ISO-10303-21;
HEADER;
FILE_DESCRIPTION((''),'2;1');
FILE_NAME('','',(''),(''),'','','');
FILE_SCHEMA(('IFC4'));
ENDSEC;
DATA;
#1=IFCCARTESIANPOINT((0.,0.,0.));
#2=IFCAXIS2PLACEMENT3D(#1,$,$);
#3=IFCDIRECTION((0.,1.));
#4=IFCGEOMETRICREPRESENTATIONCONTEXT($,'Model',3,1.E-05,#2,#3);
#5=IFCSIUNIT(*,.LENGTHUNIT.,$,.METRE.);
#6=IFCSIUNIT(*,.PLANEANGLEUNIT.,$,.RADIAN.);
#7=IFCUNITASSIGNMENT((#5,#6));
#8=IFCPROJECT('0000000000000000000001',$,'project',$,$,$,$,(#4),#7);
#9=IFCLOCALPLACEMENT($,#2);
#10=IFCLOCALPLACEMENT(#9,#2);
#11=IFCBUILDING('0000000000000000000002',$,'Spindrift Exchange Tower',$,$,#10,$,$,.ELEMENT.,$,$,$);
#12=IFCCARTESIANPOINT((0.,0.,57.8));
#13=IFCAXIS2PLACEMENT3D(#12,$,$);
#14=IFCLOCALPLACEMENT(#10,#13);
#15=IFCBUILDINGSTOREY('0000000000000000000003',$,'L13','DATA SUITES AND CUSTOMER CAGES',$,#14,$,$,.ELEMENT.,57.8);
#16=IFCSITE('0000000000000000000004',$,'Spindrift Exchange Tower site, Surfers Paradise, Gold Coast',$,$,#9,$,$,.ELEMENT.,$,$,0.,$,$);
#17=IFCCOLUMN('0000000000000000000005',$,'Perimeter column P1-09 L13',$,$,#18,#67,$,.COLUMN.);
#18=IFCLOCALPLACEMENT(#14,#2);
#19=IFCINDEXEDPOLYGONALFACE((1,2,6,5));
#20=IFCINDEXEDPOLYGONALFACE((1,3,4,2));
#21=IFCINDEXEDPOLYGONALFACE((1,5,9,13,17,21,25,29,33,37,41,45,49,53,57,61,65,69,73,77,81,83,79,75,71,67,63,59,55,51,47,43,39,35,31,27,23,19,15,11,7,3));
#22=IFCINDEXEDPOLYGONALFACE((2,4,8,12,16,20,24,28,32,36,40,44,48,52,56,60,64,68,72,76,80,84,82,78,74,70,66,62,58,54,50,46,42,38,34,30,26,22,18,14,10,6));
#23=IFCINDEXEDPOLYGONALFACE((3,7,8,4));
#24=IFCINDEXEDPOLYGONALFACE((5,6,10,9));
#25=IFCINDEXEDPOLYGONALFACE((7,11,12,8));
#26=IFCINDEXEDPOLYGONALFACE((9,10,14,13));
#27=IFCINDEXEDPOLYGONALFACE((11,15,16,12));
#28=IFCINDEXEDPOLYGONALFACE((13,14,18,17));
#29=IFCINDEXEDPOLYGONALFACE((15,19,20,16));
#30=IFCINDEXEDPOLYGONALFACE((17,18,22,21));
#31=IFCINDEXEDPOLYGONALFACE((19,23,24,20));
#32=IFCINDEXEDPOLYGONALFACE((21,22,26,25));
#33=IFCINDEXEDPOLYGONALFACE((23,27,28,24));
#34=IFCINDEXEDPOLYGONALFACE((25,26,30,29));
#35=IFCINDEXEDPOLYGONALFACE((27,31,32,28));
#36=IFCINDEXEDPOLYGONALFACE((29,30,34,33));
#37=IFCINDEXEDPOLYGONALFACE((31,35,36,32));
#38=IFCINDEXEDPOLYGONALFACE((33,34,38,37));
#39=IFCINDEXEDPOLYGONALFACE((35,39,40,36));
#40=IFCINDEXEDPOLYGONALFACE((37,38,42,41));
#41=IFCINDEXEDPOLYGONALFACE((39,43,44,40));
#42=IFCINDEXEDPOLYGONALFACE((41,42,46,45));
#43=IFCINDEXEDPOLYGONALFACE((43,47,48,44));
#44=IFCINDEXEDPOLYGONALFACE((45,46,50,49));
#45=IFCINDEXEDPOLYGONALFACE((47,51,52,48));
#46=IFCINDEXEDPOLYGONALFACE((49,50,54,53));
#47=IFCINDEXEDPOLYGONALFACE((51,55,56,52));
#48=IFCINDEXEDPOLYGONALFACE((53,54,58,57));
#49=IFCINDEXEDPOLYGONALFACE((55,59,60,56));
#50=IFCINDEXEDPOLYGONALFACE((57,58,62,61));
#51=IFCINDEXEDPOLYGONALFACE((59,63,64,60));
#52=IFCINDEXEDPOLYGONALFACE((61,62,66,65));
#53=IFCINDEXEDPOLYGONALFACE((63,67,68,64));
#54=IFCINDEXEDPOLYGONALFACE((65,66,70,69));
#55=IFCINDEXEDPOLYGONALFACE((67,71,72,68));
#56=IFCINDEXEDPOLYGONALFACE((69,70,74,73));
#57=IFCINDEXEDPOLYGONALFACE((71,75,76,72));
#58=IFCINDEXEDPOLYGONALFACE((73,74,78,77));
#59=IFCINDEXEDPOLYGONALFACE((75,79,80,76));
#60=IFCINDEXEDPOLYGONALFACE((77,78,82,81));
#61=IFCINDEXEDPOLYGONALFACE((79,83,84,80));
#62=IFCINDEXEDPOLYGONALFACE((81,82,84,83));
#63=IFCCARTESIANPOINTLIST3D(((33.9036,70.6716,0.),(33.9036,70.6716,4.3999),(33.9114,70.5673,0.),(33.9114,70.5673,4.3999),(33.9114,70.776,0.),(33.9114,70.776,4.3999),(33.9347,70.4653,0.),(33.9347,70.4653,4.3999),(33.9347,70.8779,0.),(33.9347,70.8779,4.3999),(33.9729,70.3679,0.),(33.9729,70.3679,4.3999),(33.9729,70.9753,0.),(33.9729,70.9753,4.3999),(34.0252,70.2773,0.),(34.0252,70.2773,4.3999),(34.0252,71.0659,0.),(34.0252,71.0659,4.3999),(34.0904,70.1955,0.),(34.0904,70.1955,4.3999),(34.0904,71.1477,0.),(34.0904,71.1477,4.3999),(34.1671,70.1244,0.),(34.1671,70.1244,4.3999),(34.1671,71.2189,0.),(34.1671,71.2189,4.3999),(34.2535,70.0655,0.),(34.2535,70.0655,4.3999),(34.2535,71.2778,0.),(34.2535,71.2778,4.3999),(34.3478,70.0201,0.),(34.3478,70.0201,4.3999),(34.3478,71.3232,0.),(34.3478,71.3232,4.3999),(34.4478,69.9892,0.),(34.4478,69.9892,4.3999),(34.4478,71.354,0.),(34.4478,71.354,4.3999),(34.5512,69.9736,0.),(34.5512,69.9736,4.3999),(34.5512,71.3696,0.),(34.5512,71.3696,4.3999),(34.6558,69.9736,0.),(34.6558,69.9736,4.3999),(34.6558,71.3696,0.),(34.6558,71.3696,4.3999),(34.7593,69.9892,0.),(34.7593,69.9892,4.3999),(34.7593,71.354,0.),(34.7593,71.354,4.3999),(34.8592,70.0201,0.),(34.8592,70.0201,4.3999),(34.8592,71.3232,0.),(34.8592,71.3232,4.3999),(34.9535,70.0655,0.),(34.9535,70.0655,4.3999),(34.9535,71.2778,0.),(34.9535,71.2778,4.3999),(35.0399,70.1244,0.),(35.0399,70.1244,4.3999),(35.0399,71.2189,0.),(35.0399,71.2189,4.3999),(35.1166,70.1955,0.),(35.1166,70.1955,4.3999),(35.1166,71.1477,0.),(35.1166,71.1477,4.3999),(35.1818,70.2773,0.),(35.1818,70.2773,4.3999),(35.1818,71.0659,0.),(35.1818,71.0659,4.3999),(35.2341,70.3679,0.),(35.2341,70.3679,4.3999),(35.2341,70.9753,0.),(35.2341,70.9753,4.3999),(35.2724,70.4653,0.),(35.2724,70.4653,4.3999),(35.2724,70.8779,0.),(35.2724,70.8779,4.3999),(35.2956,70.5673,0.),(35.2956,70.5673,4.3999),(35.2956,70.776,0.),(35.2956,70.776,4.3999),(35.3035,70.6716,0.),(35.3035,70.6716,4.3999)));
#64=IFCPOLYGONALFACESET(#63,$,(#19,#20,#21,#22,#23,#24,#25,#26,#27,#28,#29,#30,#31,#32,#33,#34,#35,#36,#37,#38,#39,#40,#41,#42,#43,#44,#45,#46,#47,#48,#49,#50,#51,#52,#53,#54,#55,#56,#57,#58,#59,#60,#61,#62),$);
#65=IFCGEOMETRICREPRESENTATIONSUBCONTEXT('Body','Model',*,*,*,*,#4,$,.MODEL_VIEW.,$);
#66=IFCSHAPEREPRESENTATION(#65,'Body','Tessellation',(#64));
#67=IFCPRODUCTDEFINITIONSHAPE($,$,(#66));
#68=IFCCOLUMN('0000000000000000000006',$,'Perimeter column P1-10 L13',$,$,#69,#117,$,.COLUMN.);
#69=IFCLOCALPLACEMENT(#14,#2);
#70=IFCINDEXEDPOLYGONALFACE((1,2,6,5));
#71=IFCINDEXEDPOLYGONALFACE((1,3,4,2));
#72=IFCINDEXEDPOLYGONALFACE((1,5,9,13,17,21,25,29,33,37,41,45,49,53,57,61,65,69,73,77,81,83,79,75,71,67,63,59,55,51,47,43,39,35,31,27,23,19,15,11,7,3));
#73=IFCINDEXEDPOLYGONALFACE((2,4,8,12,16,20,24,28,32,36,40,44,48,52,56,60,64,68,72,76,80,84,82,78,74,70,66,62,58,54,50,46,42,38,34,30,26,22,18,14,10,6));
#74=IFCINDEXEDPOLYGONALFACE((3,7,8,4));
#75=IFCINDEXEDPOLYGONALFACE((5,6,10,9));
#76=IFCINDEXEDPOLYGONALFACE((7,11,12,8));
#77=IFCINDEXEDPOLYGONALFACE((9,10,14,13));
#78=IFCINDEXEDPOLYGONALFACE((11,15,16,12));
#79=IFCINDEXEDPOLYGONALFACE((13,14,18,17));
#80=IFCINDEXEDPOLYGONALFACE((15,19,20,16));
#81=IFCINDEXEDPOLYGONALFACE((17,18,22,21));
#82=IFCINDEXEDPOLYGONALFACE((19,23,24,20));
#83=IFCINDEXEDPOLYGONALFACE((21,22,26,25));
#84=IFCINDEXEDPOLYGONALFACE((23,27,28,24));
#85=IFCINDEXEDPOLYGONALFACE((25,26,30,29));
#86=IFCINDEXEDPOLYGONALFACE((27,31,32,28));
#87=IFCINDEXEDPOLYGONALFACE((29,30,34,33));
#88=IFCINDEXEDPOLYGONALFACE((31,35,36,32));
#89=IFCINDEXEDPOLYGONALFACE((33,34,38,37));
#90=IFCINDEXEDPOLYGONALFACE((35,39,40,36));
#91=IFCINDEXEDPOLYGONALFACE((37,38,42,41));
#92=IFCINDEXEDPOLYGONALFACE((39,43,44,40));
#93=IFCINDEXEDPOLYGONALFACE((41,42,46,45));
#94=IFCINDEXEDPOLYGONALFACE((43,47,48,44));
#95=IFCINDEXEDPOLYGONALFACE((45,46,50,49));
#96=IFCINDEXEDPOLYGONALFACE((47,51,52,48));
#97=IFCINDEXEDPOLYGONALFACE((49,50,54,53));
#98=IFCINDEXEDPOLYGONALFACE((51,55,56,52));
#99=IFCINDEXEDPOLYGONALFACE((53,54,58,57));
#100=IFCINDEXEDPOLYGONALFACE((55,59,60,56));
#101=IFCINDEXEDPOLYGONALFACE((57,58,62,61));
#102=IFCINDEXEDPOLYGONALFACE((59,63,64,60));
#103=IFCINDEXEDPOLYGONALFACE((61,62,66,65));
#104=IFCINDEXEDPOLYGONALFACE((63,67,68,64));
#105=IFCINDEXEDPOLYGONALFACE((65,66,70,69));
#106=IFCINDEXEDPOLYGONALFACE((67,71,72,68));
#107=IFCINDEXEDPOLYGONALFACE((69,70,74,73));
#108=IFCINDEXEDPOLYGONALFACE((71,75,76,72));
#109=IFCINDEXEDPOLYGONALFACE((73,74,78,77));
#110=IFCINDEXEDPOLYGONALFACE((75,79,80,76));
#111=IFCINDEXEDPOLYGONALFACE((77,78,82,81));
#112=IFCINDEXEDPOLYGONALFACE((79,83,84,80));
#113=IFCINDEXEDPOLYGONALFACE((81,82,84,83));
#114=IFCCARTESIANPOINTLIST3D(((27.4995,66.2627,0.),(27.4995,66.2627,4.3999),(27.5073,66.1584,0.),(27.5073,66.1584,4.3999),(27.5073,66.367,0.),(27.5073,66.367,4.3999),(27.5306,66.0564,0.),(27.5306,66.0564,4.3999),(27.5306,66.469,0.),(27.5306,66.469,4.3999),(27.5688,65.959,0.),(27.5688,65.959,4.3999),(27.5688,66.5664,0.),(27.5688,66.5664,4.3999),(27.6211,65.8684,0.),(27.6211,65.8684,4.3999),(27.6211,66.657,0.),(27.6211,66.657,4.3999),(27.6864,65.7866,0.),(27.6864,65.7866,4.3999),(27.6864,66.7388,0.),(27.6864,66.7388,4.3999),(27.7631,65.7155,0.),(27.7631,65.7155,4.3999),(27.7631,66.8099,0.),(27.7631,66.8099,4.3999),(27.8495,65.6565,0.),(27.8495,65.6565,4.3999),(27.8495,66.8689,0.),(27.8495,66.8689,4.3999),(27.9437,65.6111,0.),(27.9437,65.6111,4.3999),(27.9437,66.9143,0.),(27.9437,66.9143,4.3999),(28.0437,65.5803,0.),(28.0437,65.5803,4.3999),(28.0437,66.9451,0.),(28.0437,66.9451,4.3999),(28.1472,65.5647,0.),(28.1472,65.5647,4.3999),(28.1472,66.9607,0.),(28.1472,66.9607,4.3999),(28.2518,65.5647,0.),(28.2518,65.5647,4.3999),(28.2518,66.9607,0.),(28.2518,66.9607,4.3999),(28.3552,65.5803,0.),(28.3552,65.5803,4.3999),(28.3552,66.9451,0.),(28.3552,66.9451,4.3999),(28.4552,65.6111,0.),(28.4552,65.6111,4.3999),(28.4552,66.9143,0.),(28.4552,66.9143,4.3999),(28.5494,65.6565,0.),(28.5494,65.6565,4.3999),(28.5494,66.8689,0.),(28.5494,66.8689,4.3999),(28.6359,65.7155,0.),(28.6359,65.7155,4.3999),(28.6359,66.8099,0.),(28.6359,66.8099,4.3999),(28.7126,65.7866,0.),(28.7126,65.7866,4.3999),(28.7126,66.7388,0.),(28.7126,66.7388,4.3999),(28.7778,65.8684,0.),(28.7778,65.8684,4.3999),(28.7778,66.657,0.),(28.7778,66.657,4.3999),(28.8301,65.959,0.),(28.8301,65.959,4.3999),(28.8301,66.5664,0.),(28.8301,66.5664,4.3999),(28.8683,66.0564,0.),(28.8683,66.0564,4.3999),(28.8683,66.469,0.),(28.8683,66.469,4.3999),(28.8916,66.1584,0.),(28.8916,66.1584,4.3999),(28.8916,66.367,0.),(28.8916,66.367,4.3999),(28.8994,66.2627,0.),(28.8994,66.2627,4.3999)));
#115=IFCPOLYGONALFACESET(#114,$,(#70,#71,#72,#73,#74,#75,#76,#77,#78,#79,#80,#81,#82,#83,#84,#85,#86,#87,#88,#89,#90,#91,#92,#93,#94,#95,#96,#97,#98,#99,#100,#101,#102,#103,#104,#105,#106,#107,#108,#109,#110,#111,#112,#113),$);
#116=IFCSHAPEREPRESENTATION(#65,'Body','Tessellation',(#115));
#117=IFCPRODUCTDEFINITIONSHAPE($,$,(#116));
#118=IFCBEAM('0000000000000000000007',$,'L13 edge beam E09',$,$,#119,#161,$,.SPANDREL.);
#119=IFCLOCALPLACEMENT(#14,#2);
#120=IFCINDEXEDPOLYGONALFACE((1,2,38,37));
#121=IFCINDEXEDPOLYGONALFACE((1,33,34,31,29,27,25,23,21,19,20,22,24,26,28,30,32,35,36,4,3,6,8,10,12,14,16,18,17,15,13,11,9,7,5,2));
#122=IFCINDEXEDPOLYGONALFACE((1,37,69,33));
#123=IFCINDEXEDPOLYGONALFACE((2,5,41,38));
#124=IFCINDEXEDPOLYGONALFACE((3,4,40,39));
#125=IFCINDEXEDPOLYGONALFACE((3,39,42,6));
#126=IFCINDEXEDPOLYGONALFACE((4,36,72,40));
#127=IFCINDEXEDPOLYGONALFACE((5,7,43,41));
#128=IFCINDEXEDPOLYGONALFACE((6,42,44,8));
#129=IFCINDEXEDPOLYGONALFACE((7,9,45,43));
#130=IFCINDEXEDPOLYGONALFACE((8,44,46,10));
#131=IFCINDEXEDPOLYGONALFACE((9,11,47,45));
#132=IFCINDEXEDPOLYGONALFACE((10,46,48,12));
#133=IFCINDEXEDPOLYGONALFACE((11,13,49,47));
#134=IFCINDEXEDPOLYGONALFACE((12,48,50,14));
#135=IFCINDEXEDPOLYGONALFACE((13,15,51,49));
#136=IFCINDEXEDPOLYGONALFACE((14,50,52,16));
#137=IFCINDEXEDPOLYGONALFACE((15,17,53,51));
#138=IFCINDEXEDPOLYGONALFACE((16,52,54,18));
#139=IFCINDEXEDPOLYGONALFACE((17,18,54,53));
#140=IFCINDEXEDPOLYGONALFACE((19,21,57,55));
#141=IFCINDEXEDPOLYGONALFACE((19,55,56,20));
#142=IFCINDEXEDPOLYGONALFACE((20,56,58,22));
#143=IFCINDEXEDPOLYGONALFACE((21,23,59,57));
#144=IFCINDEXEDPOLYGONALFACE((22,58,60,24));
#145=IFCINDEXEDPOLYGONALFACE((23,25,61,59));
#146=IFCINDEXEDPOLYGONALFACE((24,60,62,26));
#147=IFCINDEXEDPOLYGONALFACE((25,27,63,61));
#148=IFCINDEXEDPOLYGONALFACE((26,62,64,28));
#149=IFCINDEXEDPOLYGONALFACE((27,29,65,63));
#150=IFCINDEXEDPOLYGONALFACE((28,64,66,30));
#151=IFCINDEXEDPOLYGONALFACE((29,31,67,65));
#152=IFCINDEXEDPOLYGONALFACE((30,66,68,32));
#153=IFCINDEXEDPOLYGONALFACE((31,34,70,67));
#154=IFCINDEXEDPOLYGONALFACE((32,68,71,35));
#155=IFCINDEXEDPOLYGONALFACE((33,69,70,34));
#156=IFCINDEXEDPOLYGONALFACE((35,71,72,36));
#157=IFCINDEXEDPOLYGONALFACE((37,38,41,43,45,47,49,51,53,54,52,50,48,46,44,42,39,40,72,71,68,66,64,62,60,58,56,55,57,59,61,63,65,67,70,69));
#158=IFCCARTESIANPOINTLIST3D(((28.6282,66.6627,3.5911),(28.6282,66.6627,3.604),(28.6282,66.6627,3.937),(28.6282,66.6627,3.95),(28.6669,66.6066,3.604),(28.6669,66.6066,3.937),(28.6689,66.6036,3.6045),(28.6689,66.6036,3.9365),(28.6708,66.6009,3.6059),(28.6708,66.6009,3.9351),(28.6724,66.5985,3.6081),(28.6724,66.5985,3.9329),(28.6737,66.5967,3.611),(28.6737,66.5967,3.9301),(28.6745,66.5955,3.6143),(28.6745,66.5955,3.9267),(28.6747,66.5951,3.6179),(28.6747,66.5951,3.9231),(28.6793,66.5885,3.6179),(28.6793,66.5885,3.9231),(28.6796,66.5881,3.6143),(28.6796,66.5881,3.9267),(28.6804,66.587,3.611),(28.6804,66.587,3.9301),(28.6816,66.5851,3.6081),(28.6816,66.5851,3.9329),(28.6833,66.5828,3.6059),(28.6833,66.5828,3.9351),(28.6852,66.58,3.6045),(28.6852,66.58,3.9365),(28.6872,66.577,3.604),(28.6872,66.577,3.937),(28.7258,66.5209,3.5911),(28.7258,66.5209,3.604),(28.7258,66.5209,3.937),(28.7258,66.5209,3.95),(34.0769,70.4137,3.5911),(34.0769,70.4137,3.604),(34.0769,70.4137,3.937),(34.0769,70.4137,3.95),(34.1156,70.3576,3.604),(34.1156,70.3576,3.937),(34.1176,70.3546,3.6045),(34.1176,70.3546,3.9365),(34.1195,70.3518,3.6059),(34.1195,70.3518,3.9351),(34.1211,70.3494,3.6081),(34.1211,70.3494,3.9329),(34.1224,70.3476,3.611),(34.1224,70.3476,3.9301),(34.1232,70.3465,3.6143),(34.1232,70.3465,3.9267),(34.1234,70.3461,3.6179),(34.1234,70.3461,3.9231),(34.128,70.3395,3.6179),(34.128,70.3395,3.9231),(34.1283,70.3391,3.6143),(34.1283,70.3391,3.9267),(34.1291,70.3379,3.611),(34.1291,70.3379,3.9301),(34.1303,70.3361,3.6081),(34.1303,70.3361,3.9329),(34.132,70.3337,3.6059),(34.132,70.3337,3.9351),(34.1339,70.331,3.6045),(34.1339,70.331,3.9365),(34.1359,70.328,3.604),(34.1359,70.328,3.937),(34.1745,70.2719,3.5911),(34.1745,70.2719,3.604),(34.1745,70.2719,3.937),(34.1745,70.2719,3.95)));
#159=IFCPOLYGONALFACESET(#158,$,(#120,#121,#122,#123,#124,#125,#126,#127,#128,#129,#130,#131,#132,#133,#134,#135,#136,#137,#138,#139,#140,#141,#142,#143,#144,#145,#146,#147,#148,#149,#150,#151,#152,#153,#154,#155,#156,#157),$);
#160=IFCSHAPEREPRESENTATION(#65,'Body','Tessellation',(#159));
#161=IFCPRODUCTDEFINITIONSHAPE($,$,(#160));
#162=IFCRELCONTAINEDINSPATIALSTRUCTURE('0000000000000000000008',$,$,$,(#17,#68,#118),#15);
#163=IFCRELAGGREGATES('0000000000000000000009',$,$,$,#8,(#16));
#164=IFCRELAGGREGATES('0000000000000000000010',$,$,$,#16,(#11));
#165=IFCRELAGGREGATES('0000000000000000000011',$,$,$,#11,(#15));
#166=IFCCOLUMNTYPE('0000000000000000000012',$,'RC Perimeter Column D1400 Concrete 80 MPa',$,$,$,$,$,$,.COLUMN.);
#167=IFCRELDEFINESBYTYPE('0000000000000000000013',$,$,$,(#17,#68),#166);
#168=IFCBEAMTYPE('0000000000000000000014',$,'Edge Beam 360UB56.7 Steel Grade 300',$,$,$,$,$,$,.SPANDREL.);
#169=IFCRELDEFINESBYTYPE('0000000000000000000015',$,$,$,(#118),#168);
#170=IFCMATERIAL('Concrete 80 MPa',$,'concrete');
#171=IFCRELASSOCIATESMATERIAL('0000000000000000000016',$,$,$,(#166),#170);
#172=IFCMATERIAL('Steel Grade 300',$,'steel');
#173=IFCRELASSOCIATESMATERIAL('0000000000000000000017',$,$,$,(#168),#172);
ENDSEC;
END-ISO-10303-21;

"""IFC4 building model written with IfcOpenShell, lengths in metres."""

from ifc_helpers import new_model, si_unit, direction, frame, origin, origin_2d, place, context, subcontext, project, spatial, circle, i_section, extrude, source, transform, mapped, material, material_profile, profile_set, type_object, element, save


model = new_model("IFC4")

# Units and contexts
model_context = context("Model", 3, precision=1e-05, world=origin(), true_north=direction((0.0, 1.0)))
body_context = subcontext(model_context, "Body", "Model", "MODEL_VIEW")
ifc_project = project(units=[si_unit("LENGTHUNIT", "METRE"), si_unit("PLANEANGLEUNIT", "RADIAN")], contexts=[model_context])

# Site, building, storey
site_placement = place(None, origin())
site = spatial("IfcSite", under=ifc_project, at=site_placement, Name="Spindrift Exchange Tower site, Surfers Paradise, Gold Coast", CompositionType="ELEMENT", RefElevation=0.0)
building_placement = place(site_placement, origin())
building = spatial("IfcBuilding", under=site, at=building_placement, Name="Spindrift Exchange Tower", CompositionType="ELEMENT")
storey_placement = place(building_placement, frame((0.0, 0.0, 57.8)))
storey = spatial("IfcBuildingStorey", under=building, at=storey_placement, Name="L13", Description="DATA SUITES AND CUSTOMER CAGES", CompositionType="ELEMENT", Elevation=57.8)

# Columns
ifc_material_1 = material(Name="Concrete 80 MPa", Category="concrete")
ifc_material_profile_1 = material_profile(ifc_material_1, circle(Radius=0.7, at=origin_2d()), Name="RC D1400")
ifc_profile_set_1 = profile_set([ifc_material_profile_1], Name="Concrete 80 MPa")
column_type = type_object("IfcColumnType", Name="RC Perimeter Column D1400 Concrete 80 MPa", PredefinedType="COLUMN", material=ifc_profile_set_1)
shared_shape_1 = source(origin(), body_context, "Body", "SweptSolid", [
    extrude(circle(Radius=0.7, at=origin_2d()), origin(), (0.0, 0.0, 1.0), 4.3999),
])
for number, where, z_axis, x_axis, name in (
    (1, (34.6035, 70.6716, 0.0), (0.0, 0.0, 1.0), (1.0, 0.0, 0.0), "Perimeter column P1-09 L13"),
    (2, (28.1995, 66.2627, 0.0), (0.0, 0.0, 1.0), (1.0, 0.0, 0.0), "Perimeter column P1-10 L13"),
):
    element("IfcColumn", number, at=place(storey_placement, frame(where, z_axis=z_axis, x_axis=x_axis)), inside=storey, type_object=column_type, Name=name, PredefinedType="COLUMN", context=body_context, shape_type="MappedRepresentation", body=[
        mapped(shared_shape_1, transform((0.0, 0.0, 0.0), scale=1.0)),
    ])

# Beam
ifc_material_2 = material(Name="Steel Grade 300", Category="steel")
ifc_material_profile_2 = material_profile(ifc_material_2, i_section(OverallWidth=0.1721, OverallDepth=0.3589, WebThickness=0.0081, FlangeThickness=0.0129, FilletRadius=0.0139, at=origin_2d()), Name="360UB56.7")
ifc_profile_set_2 = profile_set([ifc_material_profile_2], Name="Steel Grade 300")
beam_type_1 = type_object("IfcBeamType", Name="Edge Beam 360UB56.7 Steel Grade 300", PredefinedType="SPANDREL", material=ifc_profile_set_2)
shared_shape_2 = source(origin(), body_context, "Body", "SweptSolid", [
    extrude(i_section(OverallWidth=0.1721, OverallDepth=0.3589, WebThickness=0.0081, FlangeThickness=0.0129, FilletRadius=0.0139, at=origin_2d()), origin(), (0.0, 0.0, 1.0), 6.615),
])
beam_1_placement = place(storey_placement, frame((34.1257, 70.3428, 3.7705), z_axis=(-0.823691, -0.567039, 0.0), x_axis=(0.567039, -0.823691, 0.0)))
element("IfcBeam", 3, at=beam_1_placement, inside=storey, type_object=beam_type_1, Name="L13 edge beam E09", PredefinedType="SPANDREL", context=body_context, shape_type="MappedRepresentation", body=[
    mapped(shared_shape_2, transform((0.0, 0.0, 0.0), scale=1.0)),
])

save(model, "model.ifc")
